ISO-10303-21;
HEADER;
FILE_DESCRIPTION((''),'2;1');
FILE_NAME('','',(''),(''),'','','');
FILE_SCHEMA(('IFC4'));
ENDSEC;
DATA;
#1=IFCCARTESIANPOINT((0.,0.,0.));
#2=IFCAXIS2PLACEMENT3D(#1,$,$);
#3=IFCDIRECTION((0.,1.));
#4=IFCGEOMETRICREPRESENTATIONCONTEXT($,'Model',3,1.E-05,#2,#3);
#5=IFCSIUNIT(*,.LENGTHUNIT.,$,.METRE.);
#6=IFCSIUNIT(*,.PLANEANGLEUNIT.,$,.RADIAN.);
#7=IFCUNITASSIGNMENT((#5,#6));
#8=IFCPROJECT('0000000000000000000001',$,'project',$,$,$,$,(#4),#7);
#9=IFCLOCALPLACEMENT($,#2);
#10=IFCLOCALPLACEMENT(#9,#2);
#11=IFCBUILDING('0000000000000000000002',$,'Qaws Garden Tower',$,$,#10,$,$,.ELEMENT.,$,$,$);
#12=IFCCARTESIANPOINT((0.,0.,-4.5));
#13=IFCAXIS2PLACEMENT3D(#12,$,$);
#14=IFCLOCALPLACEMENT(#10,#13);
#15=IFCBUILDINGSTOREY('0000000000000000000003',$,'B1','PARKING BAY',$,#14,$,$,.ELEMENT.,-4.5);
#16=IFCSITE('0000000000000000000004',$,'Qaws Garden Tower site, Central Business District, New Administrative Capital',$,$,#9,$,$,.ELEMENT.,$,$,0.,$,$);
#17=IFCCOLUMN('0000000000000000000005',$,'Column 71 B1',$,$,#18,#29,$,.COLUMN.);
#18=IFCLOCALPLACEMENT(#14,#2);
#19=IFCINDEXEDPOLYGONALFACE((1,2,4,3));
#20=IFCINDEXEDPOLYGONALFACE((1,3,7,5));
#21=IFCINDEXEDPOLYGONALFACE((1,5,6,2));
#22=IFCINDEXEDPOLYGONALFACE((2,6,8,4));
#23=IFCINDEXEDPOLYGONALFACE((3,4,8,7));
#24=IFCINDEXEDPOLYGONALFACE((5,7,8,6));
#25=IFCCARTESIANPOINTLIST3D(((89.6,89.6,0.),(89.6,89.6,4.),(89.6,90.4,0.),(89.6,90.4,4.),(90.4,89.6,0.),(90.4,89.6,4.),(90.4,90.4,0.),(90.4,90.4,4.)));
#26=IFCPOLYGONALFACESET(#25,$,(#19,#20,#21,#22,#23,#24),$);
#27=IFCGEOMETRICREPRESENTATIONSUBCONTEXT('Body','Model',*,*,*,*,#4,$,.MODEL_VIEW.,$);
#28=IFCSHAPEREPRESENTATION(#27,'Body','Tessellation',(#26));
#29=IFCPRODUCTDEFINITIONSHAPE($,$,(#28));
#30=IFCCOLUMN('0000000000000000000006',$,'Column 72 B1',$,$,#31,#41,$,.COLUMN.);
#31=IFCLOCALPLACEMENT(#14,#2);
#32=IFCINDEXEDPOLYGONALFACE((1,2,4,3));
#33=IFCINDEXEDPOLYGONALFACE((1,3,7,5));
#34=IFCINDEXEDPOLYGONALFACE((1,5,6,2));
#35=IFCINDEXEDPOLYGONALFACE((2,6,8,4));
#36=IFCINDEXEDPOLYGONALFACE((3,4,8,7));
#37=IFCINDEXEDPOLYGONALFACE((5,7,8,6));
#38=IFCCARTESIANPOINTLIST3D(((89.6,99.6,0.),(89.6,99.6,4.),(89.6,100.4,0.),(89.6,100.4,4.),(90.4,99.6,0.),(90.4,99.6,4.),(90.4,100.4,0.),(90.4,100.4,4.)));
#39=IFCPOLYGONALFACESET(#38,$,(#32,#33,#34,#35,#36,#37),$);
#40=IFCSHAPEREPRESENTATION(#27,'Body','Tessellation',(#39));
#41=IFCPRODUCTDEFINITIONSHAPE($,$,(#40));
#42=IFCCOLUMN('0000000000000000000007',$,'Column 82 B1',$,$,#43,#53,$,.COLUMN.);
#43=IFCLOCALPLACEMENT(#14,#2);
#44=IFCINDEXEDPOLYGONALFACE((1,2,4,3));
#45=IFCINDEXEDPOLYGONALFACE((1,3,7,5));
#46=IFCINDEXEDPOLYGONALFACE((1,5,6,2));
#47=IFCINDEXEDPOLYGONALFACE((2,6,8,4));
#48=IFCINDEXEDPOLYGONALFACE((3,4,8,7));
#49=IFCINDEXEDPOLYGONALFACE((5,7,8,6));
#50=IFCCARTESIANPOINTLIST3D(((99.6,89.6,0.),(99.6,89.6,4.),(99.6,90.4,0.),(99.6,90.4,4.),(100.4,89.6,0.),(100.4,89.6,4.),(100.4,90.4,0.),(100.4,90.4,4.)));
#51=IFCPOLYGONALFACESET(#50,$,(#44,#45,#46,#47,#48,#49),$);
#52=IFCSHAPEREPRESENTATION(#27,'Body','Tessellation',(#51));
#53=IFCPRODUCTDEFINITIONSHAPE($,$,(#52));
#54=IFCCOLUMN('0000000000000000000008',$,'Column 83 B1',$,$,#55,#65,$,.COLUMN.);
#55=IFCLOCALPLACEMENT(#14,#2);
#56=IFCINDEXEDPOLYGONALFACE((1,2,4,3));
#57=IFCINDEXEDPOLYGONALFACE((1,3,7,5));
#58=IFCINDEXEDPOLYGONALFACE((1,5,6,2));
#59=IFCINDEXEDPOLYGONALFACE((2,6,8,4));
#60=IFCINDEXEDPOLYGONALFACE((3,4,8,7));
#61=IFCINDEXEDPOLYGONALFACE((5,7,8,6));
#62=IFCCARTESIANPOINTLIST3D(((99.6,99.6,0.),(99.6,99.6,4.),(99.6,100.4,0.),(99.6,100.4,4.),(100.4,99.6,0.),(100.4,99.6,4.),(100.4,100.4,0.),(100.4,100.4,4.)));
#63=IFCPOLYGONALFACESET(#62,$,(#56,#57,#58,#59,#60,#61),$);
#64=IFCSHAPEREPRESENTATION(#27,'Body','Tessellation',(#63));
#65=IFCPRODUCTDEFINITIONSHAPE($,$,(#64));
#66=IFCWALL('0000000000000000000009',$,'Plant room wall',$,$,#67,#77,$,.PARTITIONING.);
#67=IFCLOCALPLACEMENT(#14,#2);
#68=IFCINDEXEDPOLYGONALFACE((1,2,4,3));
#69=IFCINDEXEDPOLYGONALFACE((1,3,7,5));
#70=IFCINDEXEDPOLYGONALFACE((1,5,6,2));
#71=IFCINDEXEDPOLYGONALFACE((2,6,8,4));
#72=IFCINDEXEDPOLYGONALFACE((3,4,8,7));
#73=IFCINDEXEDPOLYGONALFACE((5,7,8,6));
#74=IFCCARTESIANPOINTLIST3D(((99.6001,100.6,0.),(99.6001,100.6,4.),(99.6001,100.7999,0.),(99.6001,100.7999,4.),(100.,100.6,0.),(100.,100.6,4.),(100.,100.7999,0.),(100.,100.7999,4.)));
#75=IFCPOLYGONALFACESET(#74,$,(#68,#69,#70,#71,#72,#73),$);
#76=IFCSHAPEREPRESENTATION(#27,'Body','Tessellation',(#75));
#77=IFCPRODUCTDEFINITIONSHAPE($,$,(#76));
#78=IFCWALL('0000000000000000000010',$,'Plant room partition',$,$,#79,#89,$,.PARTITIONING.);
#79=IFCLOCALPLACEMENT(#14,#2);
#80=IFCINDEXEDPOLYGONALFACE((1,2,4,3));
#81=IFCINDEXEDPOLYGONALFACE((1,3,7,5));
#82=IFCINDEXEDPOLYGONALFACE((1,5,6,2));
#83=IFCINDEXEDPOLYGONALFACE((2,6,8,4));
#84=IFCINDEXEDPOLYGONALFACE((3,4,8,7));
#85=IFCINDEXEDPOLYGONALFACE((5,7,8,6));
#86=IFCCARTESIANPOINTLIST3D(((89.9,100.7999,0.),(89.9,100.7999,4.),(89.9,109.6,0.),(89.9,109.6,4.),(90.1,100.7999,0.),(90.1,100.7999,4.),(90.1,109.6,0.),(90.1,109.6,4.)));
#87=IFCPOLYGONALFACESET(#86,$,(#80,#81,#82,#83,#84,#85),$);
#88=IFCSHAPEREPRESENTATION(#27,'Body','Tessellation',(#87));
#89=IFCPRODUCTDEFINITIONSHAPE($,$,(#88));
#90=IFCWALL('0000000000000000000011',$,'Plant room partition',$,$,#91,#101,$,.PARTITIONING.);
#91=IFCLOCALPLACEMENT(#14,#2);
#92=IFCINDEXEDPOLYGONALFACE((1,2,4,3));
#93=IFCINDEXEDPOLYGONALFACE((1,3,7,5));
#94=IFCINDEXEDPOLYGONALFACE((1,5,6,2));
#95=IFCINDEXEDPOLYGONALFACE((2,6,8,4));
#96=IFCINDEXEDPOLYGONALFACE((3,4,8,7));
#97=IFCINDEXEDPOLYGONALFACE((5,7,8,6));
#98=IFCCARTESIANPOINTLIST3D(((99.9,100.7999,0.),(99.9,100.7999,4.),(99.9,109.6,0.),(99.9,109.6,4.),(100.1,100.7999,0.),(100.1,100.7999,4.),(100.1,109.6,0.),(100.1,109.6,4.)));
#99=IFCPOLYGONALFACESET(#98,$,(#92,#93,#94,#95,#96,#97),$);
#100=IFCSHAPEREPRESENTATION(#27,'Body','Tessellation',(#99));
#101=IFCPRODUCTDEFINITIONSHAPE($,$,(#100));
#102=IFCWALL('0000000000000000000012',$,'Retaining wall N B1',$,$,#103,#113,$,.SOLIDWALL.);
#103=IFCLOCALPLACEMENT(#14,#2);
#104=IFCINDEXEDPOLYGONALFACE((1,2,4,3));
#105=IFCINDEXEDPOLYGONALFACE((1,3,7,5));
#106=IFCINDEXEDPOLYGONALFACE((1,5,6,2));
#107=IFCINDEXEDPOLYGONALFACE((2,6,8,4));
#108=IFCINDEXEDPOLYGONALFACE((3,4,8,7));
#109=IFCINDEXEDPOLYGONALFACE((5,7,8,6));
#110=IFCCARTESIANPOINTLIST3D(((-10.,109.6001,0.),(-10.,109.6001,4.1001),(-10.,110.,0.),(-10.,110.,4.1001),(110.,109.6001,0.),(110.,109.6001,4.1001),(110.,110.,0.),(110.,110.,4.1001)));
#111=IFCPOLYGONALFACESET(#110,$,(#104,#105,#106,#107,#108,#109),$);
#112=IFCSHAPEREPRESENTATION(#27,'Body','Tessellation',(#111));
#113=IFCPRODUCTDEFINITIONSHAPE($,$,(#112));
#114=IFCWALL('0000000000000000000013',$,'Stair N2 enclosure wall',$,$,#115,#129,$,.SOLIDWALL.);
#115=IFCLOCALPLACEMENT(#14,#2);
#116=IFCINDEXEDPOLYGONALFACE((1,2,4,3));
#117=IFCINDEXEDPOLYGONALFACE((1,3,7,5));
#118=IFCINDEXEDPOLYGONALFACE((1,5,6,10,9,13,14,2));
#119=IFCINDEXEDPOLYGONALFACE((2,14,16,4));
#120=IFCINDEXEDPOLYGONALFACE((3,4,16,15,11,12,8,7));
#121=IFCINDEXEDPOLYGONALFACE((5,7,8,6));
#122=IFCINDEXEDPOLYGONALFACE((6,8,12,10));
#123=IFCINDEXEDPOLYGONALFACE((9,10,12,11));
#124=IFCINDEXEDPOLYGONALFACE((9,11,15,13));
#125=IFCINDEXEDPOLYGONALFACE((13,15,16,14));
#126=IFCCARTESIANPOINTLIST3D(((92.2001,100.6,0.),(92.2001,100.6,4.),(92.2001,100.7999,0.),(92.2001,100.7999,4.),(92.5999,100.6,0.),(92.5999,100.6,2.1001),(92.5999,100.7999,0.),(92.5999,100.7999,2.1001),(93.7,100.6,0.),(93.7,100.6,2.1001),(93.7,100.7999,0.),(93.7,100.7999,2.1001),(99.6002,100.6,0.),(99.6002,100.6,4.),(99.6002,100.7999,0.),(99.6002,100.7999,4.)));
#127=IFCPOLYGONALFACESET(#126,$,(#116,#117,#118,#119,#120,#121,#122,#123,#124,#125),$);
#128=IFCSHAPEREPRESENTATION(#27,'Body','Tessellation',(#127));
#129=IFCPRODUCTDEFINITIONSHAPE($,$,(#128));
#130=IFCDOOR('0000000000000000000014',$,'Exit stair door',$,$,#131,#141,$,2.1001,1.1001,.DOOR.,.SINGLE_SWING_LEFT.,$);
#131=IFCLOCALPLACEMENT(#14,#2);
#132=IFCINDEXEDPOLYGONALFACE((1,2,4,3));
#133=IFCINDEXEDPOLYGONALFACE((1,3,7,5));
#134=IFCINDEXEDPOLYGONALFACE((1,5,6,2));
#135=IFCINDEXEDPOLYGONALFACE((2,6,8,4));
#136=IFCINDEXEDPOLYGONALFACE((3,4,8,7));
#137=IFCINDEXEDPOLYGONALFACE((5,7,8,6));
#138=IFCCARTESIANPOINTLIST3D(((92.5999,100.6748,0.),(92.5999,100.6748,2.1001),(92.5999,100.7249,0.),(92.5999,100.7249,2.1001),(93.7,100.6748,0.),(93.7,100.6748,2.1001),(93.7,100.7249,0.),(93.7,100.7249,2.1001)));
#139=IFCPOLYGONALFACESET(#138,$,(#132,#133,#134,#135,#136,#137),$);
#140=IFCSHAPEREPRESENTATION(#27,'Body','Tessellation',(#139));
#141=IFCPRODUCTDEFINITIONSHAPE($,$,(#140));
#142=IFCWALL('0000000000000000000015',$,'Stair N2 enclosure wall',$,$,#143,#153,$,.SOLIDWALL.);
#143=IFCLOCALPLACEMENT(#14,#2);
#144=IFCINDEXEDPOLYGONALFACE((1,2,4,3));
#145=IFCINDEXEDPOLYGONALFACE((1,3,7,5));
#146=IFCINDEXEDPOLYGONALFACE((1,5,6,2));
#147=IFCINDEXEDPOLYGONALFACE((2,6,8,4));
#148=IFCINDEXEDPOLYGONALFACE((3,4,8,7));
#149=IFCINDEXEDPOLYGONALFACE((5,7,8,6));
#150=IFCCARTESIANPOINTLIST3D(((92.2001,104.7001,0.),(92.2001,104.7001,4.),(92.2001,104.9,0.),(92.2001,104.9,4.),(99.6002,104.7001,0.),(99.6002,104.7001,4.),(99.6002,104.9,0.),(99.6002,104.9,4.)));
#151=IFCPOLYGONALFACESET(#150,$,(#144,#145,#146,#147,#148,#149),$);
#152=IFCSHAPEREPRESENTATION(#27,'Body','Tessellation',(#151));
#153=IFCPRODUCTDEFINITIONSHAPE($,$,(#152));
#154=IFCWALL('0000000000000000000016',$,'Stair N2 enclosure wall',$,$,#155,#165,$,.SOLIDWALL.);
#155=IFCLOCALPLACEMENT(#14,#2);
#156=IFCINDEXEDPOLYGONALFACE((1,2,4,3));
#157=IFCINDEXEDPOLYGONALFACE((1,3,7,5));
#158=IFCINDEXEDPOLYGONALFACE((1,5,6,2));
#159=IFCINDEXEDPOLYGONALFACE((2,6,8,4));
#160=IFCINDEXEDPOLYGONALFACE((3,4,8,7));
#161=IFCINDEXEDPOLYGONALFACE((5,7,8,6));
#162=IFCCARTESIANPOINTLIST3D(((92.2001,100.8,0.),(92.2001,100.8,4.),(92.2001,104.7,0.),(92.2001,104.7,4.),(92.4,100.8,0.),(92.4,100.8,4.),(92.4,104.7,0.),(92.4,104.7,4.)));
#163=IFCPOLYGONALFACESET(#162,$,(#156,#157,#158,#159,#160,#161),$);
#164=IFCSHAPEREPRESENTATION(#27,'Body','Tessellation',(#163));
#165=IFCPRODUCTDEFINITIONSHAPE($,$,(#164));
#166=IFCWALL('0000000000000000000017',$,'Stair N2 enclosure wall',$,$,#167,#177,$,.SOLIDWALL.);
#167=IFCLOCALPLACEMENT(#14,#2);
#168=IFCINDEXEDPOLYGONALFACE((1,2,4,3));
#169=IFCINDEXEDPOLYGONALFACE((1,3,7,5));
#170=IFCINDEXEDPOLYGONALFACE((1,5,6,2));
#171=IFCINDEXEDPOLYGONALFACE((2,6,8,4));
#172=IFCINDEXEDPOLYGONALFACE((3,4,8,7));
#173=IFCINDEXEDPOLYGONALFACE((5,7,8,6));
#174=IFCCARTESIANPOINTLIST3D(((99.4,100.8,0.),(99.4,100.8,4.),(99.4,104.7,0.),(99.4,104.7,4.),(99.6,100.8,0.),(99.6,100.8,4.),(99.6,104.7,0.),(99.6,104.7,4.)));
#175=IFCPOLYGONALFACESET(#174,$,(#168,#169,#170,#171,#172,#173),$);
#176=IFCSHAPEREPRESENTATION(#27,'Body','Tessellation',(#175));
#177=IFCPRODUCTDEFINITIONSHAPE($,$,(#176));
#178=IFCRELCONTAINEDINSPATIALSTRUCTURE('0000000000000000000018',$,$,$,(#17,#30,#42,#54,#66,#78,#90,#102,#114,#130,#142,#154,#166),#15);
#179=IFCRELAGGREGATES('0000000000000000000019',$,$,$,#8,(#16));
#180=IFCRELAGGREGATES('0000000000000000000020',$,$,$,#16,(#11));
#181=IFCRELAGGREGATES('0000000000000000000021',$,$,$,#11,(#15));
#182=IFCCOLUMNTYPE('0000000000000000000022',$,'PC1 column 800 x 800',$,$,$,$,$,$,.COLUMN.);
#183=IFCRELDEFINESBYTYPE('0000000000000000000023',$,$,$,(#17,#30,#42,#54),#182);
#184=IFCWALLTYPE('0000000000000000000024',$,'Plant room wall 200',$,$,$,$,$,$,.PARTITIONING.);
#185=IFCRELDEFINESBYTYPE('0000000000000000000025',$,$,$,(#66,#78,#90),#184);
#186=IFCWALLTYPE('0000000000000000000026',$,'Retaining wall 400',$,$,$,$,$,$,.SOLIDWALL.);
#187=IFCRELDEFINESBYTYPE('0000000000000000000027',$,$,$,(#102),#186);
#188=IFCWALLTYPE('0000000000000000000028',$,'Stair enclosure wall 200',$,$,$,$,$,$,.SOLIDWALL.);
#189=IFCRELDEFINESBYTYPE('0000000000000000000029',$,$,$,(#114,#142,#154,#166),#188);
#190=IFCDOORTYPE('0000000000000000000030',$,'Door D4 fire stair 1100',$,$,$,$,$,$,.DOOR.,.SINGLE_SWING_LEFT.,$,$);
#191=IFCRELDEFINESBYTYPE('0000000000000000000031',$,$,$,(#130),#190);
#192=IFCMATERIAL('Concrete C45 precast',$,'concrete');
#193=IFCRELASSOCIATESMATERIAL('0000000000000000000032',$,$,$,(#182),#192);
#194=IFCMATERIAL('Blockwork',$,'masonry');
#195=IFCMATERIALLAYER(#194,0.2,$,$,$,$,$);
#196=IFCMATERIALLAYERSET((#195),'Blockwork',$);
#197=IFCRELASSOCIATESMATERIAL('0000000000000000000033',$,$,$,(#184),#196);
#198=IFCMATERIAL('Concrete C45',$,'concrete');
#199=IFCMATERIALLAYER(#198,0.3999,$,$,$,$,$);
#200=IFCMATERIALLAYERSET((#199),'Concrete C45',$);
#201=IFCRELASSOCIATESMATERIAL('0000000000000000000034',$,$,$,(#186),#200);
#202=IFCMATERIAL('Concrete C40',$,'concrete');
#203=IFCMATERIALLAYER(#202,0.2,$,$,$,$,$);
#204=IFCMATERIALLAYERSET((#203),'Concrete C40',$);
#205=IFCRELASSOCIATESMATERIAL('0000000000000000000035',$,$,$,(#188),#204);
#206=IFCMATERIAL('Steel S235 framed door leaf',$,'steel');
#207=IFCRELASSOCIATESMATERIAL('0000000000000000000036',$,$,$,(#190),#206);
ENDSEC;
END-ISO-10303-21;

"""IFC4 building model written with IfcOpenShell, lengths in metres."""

from ifc_helpers import new_model, si_unit, direction, frame, frame_2d, origin, origin_2d, place, context, subcontext, project, spatial, rectangle, extrude, material, layer, layer_set, material_profile, profile_set, type_object, element, fill, save


model = new_model("IFC4")

# Units and contexts
model_context = context("Model", 3, precision=1e-05, world=origin(), true_north=direction((0.0, 1.0)))
body_context = subcontext(model_context, "Body", "Model", "MODEL_VIEW")
ifc_project = project(units=[si_unit("LENGTHUNIT", "METRE"), si_unit("PLANEANGLEUNIT", "RADIAN")], contexts=[model_context])

# Site, building, storey
site_placement = place(None, origin())
site = spatial("IfcSite", under=ifc_project, at=site_placement, Name="Qaws Garden Tower site, Central Business District, New Administrative Capital", CompositionType="ELEMENT", RefElevation=0.0)
building_placement = place(site_placement, origin())
building = spatial("IfcBuilding", under=site, at=building_placement, Name="Qaws Garden Tower", CompositionType="ELEMENT")
storey_placement = place(building_placement, frame((0.0, 0.0, -4.5)))
storey = spatial("IfcBuildingStorey", under=building, at=storey_placement, Name="B1", Description="PARKING BAY", CompositionType="ELEMENT", Elevation=-4.5)

# Columns
ifc_material_1 = material(Name="Concrete C45 precast", Category="concrete")
ifc_material_profile = material_profile(ifc_material_1, rectangle(XDim=0.8, YDim=0.8, at=origin_2d()), Name="PC1 column 800 x 800")
ifc_profile_set = profile_set([ifc_material_profile], Name="Concrete C45 precast")
column_type = type_object("IfcColumnType", Name="PC1 column 800 x 800", PredefinedType="COLUMN", material=ifc_profile_set)
for number, where, z_axis, x_axis, name in (
    (1, (90.0, 90.0, 0.0), (0.0, 0.0, 1.0), (1.0, 0.0, 0.0), "Column 71 B1"),
    (2, (90.0, 100.0, 0.0), (0.0, 0.0, 1.0), (1.0, 0.0, 0.0), "Column 72 B1"),
    (3, (100.0, 90.0, 0.0), (0.0, 0.0, 1.0), (1.0, 0.0, 0.0), "Column 82 B1"),
    (4, (100.0, 100.0, 0.0), (0.0, 0.0, 1.0), (1.0, 0.0, 0.0), "Column 83 B1"),
):
    element("IfcColumn", number, at=place(storey_placement, frame(where, z_axis=z_axis, x_axis=x_axis)), inside=storey, type_object=column_type, Name=name, PredefinedType="COLUMN", context=body_context, shape_type="SweptSolid", body=[
        extrude(rectangle(XDim=0.8, YDim=0.8, at=origin_2d()), origin(), (0.0, 0.0, 1.0), 4.0),
    ])

# Walls
ifc_material_2 = material(Name="Blockwork", Category="masonry")
ifc_layer_1 = layer(ifc_material_2, 0.2)
ifc_layer_set_1 = layer_set([ifc_layer_1], Name="Blockwork")
wall_type_1 = type_object("IfcWallType", Name="Plant room wall 200", PredefinedType="PARTITIONING", material=ifc_layer_set_1)
wall_1_placement = place(storey_placement, frame((99.6001, 100.7, 0.0), z_axis=(0.0, 0.0, 1.0), x_axis=(1.0, 0.0, 0.0)))
element("IfcWall", 5, at=wall_1_placement, inside=storey, type_object=wall_type_1, Name="Plant room wall", PredefinedType="PARTITIONING", context=body_context, shape_type="SweptSolid", body=[
    extrude(rectangle(XDim=0.3999, YDim=0.2, at=frame_2d((0.2, 0.0))), origin(), (0.0, 0.0, 1.0), 4.0),
])
for number, where, z_axis, x_axis, name in (
    (6, (90.0, 100.8, 0.0), (0.0, 0.0, 1.0), (0.0, 1.0, 0.0), "Plant room partition"),
    (7, (100.0, 100.8, 0.0), (0.0, 0.0, 1.0), (0.0, 1.0, 0.0), "Plant room partition"),
):
    element("IfcWall", number, at=place(storey_placement, frame(where, z_axis=z_axis, x_axis=x_axis)), inside=storey, type_object=wall_type_1, Name=name, PredefinedType="PARTITIONING", context=body_context, shape_type="SweptSolid", body=[
        extrude(rectangle(XDim=8.8, YDim=0.2, at=frame_2d((4.3999, 0.0))), origin(), (0.0, 0.0, 1.0), 4.0),
    ])
ifc_material_3 = material(Name="Concrete C45", Category="concrete")
ifc_layer_2 = layer(ifc_material_3, 0.3999)
ifc_layer_set_2 = layer_set([ifc_layer_2], Name="Concrete C45")
wall_type_2 = type_object("IfcWallType", Name="Retaining wall 400", PredefinedType="SOLIDWALL", material=ifc_layer_set_2)
wall_2_placement = place(storey_placement, frame((110.0, 109.8, 0.0), z_axis=(0.0, 0.0, 1.0), x_axis=(-1.0, 0.0, 0.0)))
element("IfcWall", 8, at=wall_2_placement, inside=storey, type_object=wall_type_2, Name="Retaining wall N B1", PredefinedType="SOLIDWALL", context=body_context, shape_type="SweptSolid", body=[
    extrude(rectangle(XDim=120.0, YDim=0.3999, at=frame_2d((60.0, 0.0))), origin(), (0.0, 0.0, 1.0), 4.1001),
])

# Wall, opening, door
ifc_material_4 = material(Name="Concrete C40", Category="concrete")
ifc_layer_3 = layer(ifc_material_4, 0.2)
ifc_layer_set_3 = layer_set([ifc_layer_3], Name="Concrete C40")
wall_type_3 = type_object("IfcWallType", Name="Stair enclosure wall 200", PredefinedType="SOLIDWALL", material=ifc_layer_set_3)
wall_3_placement = place(storey_placement, frame((92.2, 100.7, 0.0), z_axis=(0.0, 0.0, 1.0), x_axis=(1.0, 0.0, 0.0)))
wall_3 = element("IfcWall", 9, at=wall_3_placement, inside=storey, type_object=wall_type_3, Name="Stair N2 enclosure wall", PredefinedType="SOLIDWALL", context=body_context, shape_type="SweptSolid", body=[
    extrude(rectangle(XDim=7.4001, YDim=0.2, at=frame_2d((3.7002, 0.0))), origin(), (0.0, 0.0, 1.0), 4.0),
])
opening_placement = place(wall_3_placement, frame((0.3999, 0.0, 0.0)))
opening = element("IfcOpeningElement", 10, at=opening_placement, cuts=wall_3, PredefinedType="OPENING", context=body_context, shape_type="SweptSolid", body=[
    extrude(rectangle(XDim=1.1001, YDim=2.1001, at=frame_2d((0.55, 1.05))), frame((0.0, 0.1099, 0.0), z_axis=(0.0, -1.0, 0.0), x_axis=(1.0, 0.0, 0.0)), (0.0, 0.0, 1.0), 0.22),
])
ifc_material_5 = material(Name="Steel S235 framed door leaf", Category="steel")
door_type = type_object("IfcDoorType", Name="Door D4 fire stair 1100", OperationType="SINGLE_SWING_LEFT", PredefinedType="DOOR", material=ifc_material_5)
door_placement = place(opening_placement, origin())
door = element("IfcDoor", 11, at=door_placement, inside=storey, type_object=door_type, Name="Exit stair door", OperationType="SINGLE_SWING_LEFT", OverallHeight=2.1001, OverallWidth=1.1001, PredefinedType="DOOR", context=body_context, shape_type="SweptSolid", body=[
    extrude(rectangle(XDim=1.1001, YDim=2.1001, at=frame_2d((0.55, 1.05))), frame((0.0, 0.0249, 0.0), z_axis=(0.0, -1.0, 0.0), x_axis=(1.0, 0.0, 0.0)), (0.0, 0.0, 1.0), 0.05),
])
fill(opening, door)

# Walls
wall_4_placement = place(storey_placement, frame((92.2, 104.8, 0.0), z_axis=(0.0, 0.0, 1.0), x_axis=(1.0, 0.0, 0.0)))
element("IfcWall", 12, at=wall_4_placement, inside=storey, type_object=wall_type_3, Name="Stair N2 enclosure wall", PredefinedType="SOLIDWALL", context=body_context, shape_type="SweptSolid", body=[
    extrude(rectangle(XDim=7.4001, YDim=0.2, at=frame_2d((3.7002, 0.0))), origin(), (0.0, 0.0, 1.0), 4.0),
])
for number, where, z_axis, x_axis, name in (
    (13, (92.3, 100.8, 0.0), (0.0, 0.0, 1.0), (0.0, 1.0, 0.0), "Stair N2 enclosure wall"),
    (14, (99.5, 100.8, 0.0), (0.0, 0.0, 1.0), (0.0, 1.0, 0.0), "Stair N2 enclosure wall"),
):
    element("IfcWall", number, at=place(storey_placement, frame(where, z_axis=z_axis, x_axis=x_axis)), inside=storey, type_object=wall_type_3, Name=name, PredefinedType="SOLIDWALL", context=body_context, shape_type="SweptSolid", body=[
        extrude(rectangle(XDim=3.8999, YDim=0.2, at=frame_2d((1.95, 0.0))), origin(), (0.0, 0.0, 1.0), 4.0),
    ])

save(model, "model.ifc")
